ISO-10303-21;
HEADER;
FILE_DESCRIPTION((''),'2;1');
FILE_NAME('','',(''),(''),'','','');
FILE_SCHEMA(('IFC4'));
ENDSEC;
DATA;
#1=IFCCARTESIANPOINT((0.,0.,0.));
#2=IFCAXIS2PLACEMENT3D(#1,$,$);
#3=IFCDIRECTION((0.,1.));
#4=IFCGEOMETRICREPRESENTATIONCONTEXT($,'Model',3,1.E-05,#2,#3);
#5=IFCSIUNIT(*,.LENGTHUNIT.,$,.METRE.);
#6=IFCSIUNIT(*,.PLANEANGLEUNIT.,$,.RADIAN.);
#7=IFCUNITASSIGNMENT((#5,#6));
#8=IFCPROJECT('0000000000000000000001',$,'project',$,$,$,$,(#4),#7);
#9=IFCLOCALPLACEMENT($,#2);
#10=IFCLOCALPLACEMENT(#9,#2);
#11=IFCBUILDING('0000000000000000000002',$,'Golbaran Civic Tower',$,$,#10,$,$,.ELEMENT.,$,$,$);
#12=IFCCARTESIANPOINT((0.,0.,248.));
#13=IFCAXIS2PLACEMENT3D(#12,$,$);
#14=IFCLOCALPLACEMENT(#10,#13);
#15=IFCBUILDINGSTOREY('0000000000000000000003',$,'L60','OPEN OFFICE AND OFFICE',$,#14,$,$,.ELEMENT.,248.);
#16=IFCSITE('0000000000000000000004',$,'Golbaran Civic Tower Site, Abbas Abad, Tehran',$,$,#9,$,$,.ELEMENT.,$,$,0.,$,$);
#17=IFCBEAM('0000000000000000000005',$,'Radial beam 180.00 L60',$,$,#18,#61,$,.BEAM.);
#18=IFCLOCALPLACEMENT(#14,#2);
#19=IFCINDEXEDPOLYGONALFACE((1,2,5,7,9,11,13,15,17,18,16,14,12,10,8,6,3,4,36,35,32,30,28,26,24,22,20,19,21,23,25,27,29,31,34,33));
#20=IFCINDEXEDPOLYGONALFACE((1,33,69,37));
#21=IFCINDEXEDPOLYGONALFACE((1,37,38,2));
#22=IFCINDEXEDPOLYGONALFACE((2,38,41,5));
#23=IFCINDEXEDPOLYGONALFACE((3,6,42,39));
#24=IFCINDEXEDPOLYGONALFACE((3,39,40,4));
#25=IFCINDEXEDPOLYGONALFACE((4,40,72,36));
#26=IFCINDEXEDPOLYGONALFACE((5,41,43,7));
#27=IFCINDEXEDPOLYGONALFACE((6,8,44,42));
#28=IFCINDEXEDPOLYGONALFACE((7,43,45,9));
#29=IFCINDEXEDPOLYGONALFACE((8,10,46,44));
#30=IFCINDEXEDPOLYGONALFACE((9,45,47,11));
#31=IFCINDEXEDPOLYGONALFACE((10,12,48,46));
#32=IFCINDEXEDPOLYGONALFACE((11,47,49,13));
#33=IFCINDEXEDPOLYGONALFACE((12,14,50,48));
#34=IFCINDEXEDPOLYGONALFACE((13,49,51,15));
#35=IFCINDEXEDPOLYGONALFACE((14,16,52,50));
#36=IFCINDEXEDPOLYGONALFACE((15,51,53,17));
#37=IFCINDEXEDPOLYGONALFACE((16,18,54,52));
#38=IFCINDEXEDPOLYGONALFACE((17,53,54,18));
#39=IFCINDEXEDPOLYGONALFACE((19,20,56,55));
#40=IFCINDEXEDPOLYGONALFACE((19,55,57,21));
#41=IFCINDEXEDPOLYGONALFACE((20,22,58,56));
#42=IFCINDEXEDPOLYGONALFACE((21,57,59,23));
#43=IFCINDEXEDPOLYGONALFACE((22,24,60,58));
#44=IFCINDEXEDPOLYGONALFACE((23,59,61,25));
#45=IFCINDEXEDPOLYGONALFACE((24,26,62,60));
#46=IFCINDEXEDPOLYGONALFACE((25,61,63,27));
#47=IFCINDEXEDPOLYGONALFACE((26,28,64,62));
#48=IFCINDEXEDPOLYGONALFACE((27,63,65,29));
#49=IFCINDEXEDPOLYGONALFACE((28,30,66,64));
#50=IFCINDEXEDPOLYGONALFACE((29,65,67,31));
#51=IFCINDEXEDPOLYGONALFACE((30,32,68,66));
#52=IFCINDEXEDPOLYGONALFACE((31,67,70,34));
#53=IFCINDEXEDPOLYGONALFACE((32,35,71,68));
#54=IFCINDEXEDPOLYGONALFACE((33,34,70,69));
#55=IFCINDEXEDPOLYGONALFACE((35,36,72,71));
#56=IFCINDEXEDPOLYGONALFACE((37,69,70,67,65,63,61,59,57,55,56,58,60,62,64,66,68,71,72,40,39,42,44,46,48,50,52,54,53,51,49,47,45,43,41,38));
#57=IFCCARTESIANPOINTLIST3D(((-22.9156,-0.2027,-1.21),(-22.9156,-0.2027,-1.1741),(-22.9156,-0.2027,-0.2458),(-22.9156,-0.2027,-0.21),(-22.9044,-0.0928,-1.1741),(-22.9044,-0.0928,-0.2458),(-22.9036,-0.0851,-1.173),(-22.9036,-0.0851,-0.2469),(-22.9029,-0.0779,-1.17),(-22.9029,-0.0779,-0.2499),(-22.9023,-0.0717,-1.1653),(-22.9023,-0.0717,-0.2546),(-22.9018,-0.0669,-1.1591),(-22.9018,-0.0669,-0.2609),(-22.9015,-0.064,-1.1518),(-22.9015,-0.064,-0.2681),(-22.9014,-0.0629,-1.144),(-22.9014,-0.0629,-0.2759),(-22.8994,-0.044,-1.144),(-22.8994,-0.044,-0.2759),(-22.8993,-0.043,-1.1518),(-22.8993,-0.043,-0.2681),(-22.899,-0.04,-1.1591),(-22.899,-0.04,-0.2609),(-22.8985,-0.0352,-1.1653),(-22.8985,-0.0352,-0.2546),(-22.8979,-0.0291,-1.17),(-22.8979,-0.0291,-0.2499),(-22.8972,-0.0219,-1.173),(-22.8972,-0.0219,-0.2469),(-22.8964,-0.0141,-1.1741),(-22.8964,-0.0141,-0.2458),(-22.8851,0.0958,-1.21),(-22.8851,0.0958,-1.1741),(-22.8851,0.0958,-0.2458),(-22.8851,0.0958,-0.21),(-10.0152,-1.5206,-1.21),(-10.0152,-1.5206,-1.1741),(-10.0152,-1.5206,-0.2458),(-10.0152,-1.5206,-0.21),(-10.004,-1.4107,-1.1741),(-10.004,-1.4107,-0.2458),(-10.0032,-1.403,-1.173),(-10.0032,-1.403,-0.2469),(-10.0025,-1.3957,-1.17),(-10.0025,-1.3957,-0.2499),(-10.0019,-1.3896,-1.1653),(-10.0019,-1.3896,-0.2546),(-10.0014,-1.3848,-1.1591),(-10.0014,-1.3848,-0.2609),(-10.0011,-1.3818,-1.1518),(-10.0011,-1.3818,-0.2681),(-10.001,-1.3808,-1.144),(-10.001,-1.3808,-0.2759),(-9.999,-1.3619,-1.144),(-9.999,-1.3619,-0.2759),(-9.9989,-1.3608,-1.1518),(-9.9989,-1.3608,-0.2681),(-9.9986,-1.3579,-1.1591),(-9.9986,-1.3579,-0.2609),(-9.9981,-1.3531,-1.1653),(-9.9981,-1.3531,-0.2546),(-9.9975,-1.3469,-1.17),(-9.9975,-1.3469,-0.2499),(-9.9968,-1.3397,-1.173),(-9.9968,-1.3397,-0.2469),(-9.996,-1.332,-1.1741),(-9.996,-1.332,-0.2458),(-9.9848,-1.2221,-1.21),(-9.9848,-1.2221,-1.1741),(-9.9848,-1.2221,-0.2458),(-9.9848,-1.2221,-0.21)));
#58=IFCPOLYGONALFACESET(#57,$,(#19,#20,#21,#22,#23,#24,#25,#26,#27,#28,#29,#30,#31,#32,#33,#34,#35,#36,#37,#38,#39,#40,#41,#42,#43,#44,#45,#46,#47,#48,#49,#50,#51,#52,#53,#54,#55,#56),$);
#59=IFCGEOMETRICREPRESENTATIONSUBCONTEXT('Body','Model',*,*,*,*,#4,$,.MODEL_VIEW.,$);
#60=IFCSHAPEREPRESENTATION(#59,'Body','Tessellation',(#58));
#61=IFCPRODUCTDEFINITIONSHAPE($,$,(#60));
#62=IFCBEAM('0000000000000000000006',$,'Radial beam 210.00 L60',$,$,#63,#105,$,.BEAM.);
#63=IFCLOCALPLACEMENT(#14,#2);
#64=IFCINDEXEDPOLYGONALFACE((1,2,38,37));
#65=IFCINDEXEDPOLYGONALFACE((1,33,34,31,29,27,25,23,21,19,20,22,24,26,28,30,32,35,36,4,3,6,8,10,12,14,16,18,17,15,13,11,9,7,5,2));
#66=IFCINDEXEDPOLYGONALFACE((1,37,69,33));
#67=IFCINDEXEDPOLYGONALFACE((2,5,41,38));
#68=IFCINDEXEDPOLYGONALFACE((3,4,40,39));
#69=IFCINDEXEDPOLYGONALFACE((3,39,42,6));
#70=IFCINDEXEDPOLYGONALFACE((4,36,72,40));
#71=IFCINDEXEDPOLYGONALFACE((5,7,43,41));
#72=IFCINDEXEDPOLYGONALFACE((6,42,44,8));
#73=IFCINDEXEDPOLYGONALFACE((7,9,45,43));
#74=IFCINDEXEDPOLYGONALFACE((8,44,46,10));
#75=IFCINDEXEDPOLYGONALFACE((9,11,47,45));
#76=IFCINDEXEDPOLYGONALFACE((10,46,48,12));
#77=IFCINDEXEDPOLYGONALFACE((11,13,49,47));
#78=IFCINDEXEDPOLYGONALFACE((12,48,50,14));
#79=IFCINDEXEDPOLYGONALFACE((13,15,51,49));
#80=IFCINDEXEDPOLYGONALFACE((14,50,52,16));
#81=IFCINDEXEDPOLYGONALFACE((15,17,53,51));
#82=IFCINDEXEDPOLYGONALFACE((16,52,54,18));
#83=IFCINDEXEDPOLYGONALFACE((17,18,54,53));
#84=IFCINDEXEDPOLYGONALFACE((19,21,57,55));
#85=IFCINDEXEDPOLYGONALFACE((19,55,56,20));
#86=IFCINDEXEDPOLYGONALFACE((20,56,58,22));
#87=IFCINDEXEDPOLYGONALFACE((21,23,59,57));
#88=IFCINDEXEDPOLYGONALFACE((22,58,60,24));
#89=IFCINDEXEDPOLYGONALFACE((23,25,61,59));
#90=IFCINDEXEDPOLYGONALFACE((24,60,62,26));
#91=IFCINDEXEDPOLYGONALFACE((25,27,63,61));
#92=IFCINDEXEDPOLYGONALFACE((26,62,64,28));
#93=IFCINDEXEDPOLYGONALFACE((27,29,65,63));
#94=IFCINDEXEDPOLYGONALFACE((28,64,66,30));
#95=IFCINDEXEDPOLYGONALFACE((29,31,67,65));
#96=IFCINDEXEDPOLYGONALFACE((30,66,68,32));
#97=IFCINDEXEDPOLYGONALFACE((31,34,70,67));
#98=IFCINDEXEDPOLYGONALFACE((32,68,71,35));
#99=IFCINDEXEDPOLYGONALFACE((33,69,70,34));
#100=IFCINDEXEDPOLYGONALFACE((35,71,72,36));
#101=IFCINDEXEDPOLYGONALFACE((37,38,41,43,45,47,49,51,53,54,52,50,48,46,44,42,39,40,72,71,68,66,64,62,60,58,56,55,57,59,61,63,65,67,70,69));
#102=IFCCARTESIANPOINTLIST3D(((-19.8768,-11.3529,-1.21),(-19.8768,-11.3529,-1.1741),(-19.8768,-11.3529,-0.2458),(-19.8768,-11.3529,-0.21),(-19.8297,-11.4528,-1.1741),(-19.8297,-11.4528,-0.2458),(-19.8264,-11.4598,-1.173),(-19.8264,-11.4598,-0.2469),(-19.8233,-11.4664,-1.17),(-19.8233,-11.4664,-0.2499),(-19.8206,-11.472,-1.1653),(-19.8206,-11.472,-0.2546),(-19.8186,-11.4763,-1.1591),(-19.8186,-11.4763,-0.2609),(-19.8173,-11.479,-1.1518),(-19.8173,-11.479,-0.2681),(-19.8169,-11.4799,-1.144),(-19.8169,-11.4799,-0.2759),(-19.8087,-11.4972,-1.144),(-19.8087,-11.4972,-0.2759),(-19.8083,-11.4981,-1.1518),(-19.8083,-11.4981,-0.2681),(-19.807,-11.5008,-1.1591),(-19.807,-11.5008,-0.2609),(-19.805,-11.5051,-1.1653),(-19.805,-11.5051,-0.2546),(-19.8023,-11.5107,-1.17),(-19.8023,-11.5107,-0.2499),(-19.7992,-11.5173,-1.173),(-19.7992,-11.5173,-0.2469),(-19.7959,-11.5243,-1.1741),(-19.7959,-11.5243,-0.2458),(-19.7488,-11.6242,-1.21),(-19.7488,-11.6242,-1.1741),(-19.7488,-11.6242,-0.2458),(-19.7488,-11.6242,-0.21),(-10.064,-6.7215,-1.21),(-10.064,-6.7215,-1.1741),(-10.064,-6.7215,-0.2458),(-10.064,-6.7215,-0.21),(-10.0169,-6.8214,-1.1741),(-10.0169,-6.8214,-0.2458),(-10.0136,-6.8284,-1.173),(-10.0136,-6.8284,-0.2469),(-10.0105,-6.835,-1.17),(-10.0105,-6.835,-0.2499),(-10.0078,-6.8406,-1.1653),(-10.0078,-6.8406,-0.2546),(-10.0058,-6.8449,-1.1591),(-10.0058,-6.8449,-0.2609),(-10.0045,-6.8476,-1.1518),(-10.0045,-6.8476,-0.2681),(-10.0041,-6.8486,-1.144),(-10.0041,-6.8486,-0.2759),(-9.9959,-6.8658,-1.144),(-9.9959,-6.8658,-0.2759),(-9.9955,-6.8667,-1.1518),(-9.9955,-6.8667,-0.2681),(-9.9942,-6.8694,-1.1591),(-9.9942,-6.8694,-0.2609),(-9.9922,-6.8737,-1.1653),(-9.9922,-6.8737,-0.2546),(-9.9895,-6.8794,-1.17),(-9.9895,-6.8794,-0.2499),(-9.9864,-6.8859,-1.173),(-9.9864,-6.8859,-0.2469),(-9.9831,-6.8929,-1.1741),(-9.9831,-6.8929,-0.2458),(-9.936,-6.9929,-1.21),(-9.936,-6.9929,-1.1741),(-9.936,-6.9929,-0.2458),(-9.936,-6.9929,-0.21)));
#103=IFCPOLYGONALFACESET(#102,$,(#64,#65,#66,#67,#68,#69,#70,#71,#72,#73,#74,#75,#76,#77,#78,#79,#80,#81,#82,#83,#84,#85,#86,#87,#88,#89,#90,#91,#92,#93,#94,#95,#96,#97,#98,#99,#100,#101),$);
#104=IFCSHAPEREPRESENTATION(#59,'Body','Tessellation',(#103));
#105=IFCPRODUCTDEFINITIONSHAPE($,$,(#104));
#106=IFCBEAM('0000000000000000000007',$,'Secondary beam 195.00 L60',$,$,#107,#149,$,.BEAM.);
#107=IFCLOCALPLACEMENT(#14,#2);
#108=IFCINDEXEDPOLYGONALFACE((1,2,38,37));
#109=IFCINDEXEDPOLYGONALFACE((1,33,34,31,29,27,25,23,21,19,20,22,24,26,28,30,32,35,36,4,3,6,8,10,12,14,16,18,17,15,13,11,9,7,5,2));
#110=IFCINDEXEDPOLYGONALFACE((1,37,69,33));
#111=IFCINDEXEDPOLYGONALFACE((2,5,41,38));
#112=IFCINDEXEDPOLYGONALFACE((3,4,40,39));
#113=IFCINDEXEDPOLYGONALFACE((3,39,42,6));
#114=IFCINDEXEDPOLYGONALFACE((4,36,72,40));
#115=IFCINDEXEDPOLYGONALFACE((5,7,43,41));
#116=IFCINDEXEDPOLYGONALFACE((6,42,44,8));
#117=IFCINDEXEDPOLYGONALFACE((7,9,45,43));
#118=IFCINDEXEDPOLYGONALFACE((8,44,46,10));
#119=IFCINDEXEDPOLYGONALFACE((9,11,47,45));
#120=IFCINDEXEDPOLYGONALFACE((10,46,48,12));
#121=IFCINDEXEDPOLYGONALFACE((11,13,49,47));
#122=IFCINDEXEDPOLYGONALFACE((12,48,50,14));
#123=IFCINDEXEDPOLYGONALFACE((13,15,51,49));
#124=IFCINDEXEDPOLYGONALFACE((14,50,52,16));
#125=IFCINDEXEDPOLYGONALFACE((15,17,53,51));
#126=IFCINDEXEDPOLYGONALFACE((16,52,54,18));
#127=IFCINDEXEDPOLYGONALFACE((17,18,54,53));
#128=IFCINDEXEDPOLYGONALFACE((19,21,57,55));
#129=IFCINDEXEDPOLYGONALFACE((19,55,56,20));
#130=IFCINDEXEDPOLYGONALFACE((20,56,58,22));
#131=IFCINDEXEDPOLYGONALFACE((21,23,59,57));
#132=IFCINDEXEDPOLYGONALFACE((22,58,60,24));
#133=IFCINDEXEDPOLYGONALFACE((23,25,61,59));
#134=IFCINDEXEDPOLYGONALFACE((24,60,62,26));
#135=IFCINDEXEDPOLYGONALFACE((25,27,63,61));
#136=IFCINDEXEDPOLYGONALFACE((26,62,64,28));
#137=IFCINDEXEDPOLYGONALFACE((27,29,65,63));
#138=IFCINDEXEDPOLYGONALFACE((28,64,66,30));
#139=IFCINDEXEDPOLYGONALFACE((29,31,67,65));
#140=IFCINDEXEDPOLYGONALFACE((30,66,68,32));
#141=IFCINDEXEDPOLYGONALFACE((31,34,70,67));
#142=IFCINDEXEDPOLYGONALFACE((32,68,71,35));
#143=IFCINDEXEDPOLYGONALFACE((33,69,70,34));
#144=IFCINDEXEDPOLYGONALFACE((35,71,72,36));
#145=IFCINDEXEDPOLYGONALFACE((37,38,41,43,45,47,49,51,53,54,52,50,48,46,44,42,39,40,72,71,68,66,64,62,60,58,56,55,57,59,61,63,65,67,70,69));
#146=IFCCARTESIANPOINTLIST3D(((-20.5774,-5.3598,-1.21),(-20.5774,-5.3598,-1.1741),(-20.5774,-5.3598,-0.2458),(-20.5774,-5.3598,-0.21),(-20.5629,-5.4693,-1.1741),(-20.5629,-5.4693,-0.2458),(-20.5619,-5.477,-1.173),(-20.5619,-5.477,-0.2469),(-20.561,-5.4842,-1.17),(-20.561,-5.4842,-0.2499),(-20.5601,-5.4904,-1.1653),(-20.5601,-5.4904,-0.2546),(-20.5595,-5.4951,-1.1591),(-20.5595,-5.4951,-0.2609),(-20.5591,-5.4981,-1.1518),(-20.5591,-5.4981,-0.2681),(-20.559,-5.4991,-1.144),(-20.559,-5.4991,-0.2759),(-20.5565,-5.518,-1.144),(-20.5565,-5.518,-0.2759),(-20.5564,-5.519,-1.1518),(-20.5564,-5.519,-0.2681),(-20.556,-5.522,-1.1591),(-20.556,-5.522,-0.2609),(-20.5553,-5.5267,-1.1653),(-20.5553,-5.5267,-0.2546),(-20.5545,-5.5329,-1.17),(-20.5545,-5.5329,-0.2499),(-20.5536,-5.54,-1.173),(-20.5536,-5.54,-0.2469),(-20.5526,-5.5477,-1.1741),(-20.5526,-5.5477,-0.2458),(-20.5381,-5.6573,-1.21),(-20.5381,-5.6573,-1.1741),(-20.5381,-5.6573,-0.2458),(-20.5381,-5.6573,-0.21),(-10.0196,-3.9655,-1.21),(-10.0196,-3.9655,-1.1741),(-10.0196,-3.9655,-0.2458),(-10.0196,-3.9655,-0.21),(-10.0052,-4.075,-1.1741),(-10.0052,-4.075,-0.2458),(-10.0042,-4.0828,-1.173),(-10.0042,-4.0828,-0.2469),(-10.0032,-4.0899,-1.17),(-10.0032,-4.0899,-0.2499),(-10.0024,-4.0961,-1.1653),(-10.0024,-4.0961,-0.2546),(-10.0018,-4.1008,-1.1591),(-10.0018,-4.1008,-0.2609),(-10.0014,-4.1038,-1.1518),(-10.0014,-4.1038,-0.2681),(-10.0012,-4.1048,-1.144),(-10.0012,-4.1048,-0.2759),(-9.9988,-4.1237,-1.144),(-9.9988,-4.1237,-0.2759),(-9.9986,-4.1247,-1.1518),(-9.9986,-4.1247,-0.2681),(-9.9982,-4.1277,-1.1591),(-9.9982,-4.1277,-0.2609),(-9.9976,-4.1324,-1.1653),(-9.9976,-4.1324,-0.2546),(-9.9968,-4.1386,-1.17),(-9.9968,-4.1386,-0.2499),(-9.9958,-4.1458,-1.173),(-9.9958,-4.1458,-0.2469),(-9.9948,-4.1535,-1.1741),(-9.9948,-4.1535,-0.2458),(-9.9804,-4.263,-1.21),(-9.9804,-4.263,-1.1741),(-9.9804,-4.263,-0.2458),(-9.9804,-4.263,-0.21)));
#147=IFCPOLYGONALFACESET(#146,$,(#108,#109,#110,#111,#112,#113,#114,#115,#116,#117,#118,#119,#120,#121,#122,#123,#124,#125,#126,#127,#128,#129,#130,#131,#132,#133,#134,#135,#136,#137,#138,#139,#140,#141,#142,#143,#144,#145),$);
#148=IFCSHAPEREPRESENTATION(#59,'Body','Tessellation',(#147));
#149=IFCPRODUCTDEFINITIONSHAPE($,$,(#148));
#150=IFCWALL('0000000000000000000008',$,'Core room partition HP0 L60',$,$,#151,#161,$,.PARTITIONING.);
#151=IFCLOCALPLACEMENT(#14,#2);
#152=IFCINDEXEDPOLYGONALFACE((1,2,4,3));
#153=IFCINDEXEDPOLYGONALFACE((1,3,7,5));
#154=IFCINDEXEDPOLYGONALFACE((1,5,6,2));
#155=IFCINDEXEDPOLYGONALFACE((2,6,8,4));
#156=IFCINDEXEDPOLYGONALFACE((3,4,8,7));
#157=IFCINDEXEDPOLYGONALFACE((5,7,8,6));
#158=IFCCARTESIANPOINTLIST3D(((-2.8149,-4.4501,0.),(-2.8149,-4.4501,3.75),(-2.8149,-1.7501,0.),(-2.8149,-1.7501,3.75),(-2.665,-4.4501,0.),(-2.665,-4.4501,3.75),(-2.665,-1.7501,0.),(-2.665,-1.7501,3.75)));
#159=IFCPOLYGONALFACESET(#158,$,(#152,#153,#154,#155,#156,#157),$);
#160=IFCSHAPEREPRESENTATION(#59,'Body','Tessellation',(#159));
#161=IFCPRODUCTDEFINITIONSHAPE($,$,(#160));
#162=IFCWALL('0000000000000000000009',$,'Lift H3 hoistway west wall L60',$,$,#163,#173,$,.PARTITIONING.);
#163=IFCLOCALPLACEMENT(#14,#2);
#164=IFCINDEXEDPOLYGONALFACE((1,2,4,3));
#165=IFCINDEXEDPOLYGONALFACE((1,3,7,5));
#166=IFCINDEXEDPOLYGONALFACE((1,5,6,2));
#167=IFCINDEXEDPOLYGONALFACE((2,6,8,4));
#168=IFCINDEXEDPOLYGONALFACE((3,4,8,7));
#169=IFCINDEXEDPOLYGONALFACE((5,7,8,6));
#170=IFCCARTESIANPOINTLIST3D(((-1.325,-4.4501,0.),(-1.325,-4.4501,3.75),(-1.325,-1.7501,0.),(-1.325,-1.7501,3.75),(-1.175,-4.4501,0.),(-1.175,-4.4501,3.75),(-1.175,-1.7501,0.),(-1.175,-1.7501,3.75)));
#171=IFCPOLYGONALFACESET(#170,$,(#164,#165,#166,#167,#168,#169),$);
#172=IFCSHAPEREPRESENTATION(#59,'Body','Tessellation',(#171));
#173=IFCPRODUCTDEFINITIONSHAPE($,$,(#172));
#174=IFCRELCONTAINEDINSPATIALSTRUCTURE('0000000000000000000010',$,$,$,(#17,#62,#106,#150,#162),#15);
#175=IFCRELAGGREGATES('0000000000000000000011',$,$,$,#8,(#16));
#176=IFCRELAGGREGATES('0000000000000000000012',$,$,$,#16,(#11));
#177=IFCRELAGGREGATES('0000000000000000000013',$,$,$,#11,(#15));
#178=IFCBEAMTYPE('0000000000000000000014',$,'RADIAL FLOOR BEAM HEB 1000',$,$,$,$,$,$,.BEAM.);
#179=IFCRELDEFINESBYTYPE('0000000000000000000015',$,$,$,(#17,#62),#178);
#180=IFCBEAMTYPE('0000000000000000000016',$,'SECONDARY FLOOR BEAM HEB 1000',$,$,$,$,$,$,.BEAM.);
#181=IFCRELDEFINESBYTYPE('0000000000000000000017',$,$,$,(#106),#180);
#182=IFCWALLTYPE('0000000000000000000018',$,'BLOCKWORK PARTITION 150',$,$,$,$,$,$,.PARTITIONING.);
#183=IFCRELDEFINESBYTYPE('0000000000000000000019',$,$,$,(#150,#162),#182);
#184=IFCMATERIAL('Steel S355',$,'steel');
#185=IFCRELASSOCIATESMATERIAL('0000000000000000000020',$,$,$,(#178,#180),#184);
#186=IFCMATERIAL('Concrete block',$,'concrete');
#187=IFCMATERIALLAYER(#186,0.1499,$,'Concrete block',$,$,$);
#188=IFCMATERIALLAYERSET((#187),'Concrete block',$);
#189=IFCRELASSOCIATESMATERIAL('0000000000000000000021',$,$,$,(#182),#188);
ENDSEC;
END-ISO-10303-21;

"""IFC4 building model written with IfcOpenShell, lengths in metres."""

from ifc_helpers import new_model, si_unit, direction, frame, frame_2d, origin, origin_2d, place, context, subcontext, project, spatial, rectangle, i_section, extrude, material, layer, layer_set, material_profile, profile_set, type_object, element, save


model = new_model("IFC4")

# Units and contexts
model_context = context("Model", 3, precision=1e-05, world=origin(), true_north=direction((0.0, 1.0)))
body_context = subcontext(model_context, "Body", "Model", "MODEL_VIEW")
ifc_project = project(units=[si_unit("LENGTHUNIT", "METRE"), si_unit("PLANEANGLEUNIT", "RADIAN")], contexts=[model_context])

# Site, building, storey
site_placement = place(None, origin())
site = spatial("IfcSite", under=ifc_project, at=site_placement, Name="Golbaran Civic Tower Site, Abbas Abad, Tehran", CompositionType="ELEMENT", RefElevation=0.0)
building_placement = place(site_placement, origin())
building = spatial("IfcBuilding", under=site, at=building_placement, Name="Golbaran Civic Tower", CompositionType="ELEMENT")
storey_placement = place(building_placement, frame((0.0, 0.0, 248.0)))
storey = spatial("IfcBuildingStorey", under=building, at=storey_placement, Name="L60", Description="OPEN OFFICE AND OFFICE", CompositionType="ELEMENT", Elevation=248.0)

# Beams
ifc_material_1 = material(Name="Steel S355", Category="steel")
ifc_material_profile_1 = material_profile(ifc_material_1, i_section(OverallWidth=0.3, OverallDepth=1.0, WebThickness=0.019, FlangeThickness=0.0359, FilletRadius=0.03, at=origin_2d()), Name="HEB 1000")
ifc_profile_set_1 = profile_set([ifc_material_profile_1], Name="Steel S355")
beam_type_1 = type_object("IfcBeamType", Name="RADIAL FLOOR BEAM HEB 1000", PredefinedType="BEAM", material=ifc_profile_set_1)
beam_1_placement = place(storey_placement, frame((-10.0, -1.3713, -0.71), z_axis=(-0.994822, 0.101629, 0.0), x_axis=(-0.101629, -0.994822, 0.0)))
element("IfcBeam", 1, at=beam_1_placement, inside=storey, type_object=beam_type_1, Name="Radial beam 180.00 L60", PredefinedType="BEAM", context=body_context, shape_type="SweptSolid", body=[
    extrude(i_section(OverallWidth=0.3, OverallDepth=1.0, WebThickness=0.019, FlangeThickness=0.0359, FilletRadius=0.03, at=origin_2d()), origin(), (0.0, 0.0, 1.0), 12.9675),
])
beam_2_placement = place(storey_placement, frame((-10.0, -6.8572, -0.71), z_axis=(-0.904336, -0.426822, 0.0), x_axis=(0.426822, -0.904336, 0.0)))
element("IfcBeam", 2, at=beam_2_placement, inside=storey, type_object=beam_type_1, Name="Radial beam 210.00 L60", PredefinedType="BEAM", context=body_context, shape_type="SweptSolid", body=[
    extrude(i_section(OverallWidth=0.3, OverallDepth=1.0, WebThickness=0.019, FlangeThickness=0.0359, FilletRadius=0.03, at=origin_2d()), origin(), (0.0, 0.0, 1.0), 10.8508),
])
ifc_material_profile_2 = material_profile(ifc_material_1, i_section(OverallWidth=0.3, OverallDepth=1.0, WebThickness=0.019, FlangeThickness=0.0359, FilletRadius=0.03, at=origin_2d()), Name="HEB 1000")
ifc_profile_set_2 = profile_set([ifc_material_profile_2], Name="Steel S355")
beam_type_2 = type_object("IfcBeamType", Name="SECONDARY FLOOR BEAM HEB 1000", PredefinedType="BEAM", material=ifc_profile_set_2)
beam_3_placement = place(storey_placement, frame((-10.0, -4.1143, -0.71), z_axis=(-0.991392, -0.130925, 0.0), x_axis=(0.130925, -0.991392, 0.0)))
element("IfcBeam", 3, at=beam_3_placement, inside=storey, type_object=beam_type_2, Name="Secondary beam 195.00 L60", PredefinedType="BEAM", context=body_context, shape_type="SweptSolid", body=[
    extrude(i_section(OverallWidth=0.3, OverallDepth=1.0, WebThickness=0.019, FlangeThickness=0.0359, FilletRadius=0.03, at=origin_2d()), origin(), (0.0, 0.0, 1.0), 10.6494),
])

# Walls
ifc_material_2 = material(Name="Concrete block", Category="concrete")
ifc_layer_1 = layer(ifc_material_2, 0.1499, Name="Concrete block")
ifc_layer_set_1 = layer_set([ifc_layer_1], Name="Concrete block")
wall_type_1 = type_object("IfcWallType", Name="BLOCKWORK PARTITION 150", PredefinedType="PARTITIONING", material=ifc_layer_set_1)
for number, where, z_axis, x_axis, name in (
    (4, (-2.74, -1.75, 0.0), (0.0, 0.0, 1.0), (0.0, -1.0, 0.0), "Core room partition HP0 L60"),
    (5, (-1.25, -1.75, 0.0), (0.0, 0.0, 1.0), (0.0, -1.0, 0.0), "Lift H3 hoistway west wall L60"),
):
    element("IfcWall", number, at=place(storey_placement, frame(where, z_axis=z_axis, x_axis=x_axis)), inside=storey, type_object=wall_type_1, Name=name, PredefinedType="PARTITIONING", context=body_context, shape_type="SweptSolid", body=[
        extrude(rectangle(XDim=2.7, YDim=0.1499, at=frame_2d((1.3501, 0.0))), origin(), (0.0, 0.0, 1.0), 3.75),
    ])

save(model, "model.ifc")
